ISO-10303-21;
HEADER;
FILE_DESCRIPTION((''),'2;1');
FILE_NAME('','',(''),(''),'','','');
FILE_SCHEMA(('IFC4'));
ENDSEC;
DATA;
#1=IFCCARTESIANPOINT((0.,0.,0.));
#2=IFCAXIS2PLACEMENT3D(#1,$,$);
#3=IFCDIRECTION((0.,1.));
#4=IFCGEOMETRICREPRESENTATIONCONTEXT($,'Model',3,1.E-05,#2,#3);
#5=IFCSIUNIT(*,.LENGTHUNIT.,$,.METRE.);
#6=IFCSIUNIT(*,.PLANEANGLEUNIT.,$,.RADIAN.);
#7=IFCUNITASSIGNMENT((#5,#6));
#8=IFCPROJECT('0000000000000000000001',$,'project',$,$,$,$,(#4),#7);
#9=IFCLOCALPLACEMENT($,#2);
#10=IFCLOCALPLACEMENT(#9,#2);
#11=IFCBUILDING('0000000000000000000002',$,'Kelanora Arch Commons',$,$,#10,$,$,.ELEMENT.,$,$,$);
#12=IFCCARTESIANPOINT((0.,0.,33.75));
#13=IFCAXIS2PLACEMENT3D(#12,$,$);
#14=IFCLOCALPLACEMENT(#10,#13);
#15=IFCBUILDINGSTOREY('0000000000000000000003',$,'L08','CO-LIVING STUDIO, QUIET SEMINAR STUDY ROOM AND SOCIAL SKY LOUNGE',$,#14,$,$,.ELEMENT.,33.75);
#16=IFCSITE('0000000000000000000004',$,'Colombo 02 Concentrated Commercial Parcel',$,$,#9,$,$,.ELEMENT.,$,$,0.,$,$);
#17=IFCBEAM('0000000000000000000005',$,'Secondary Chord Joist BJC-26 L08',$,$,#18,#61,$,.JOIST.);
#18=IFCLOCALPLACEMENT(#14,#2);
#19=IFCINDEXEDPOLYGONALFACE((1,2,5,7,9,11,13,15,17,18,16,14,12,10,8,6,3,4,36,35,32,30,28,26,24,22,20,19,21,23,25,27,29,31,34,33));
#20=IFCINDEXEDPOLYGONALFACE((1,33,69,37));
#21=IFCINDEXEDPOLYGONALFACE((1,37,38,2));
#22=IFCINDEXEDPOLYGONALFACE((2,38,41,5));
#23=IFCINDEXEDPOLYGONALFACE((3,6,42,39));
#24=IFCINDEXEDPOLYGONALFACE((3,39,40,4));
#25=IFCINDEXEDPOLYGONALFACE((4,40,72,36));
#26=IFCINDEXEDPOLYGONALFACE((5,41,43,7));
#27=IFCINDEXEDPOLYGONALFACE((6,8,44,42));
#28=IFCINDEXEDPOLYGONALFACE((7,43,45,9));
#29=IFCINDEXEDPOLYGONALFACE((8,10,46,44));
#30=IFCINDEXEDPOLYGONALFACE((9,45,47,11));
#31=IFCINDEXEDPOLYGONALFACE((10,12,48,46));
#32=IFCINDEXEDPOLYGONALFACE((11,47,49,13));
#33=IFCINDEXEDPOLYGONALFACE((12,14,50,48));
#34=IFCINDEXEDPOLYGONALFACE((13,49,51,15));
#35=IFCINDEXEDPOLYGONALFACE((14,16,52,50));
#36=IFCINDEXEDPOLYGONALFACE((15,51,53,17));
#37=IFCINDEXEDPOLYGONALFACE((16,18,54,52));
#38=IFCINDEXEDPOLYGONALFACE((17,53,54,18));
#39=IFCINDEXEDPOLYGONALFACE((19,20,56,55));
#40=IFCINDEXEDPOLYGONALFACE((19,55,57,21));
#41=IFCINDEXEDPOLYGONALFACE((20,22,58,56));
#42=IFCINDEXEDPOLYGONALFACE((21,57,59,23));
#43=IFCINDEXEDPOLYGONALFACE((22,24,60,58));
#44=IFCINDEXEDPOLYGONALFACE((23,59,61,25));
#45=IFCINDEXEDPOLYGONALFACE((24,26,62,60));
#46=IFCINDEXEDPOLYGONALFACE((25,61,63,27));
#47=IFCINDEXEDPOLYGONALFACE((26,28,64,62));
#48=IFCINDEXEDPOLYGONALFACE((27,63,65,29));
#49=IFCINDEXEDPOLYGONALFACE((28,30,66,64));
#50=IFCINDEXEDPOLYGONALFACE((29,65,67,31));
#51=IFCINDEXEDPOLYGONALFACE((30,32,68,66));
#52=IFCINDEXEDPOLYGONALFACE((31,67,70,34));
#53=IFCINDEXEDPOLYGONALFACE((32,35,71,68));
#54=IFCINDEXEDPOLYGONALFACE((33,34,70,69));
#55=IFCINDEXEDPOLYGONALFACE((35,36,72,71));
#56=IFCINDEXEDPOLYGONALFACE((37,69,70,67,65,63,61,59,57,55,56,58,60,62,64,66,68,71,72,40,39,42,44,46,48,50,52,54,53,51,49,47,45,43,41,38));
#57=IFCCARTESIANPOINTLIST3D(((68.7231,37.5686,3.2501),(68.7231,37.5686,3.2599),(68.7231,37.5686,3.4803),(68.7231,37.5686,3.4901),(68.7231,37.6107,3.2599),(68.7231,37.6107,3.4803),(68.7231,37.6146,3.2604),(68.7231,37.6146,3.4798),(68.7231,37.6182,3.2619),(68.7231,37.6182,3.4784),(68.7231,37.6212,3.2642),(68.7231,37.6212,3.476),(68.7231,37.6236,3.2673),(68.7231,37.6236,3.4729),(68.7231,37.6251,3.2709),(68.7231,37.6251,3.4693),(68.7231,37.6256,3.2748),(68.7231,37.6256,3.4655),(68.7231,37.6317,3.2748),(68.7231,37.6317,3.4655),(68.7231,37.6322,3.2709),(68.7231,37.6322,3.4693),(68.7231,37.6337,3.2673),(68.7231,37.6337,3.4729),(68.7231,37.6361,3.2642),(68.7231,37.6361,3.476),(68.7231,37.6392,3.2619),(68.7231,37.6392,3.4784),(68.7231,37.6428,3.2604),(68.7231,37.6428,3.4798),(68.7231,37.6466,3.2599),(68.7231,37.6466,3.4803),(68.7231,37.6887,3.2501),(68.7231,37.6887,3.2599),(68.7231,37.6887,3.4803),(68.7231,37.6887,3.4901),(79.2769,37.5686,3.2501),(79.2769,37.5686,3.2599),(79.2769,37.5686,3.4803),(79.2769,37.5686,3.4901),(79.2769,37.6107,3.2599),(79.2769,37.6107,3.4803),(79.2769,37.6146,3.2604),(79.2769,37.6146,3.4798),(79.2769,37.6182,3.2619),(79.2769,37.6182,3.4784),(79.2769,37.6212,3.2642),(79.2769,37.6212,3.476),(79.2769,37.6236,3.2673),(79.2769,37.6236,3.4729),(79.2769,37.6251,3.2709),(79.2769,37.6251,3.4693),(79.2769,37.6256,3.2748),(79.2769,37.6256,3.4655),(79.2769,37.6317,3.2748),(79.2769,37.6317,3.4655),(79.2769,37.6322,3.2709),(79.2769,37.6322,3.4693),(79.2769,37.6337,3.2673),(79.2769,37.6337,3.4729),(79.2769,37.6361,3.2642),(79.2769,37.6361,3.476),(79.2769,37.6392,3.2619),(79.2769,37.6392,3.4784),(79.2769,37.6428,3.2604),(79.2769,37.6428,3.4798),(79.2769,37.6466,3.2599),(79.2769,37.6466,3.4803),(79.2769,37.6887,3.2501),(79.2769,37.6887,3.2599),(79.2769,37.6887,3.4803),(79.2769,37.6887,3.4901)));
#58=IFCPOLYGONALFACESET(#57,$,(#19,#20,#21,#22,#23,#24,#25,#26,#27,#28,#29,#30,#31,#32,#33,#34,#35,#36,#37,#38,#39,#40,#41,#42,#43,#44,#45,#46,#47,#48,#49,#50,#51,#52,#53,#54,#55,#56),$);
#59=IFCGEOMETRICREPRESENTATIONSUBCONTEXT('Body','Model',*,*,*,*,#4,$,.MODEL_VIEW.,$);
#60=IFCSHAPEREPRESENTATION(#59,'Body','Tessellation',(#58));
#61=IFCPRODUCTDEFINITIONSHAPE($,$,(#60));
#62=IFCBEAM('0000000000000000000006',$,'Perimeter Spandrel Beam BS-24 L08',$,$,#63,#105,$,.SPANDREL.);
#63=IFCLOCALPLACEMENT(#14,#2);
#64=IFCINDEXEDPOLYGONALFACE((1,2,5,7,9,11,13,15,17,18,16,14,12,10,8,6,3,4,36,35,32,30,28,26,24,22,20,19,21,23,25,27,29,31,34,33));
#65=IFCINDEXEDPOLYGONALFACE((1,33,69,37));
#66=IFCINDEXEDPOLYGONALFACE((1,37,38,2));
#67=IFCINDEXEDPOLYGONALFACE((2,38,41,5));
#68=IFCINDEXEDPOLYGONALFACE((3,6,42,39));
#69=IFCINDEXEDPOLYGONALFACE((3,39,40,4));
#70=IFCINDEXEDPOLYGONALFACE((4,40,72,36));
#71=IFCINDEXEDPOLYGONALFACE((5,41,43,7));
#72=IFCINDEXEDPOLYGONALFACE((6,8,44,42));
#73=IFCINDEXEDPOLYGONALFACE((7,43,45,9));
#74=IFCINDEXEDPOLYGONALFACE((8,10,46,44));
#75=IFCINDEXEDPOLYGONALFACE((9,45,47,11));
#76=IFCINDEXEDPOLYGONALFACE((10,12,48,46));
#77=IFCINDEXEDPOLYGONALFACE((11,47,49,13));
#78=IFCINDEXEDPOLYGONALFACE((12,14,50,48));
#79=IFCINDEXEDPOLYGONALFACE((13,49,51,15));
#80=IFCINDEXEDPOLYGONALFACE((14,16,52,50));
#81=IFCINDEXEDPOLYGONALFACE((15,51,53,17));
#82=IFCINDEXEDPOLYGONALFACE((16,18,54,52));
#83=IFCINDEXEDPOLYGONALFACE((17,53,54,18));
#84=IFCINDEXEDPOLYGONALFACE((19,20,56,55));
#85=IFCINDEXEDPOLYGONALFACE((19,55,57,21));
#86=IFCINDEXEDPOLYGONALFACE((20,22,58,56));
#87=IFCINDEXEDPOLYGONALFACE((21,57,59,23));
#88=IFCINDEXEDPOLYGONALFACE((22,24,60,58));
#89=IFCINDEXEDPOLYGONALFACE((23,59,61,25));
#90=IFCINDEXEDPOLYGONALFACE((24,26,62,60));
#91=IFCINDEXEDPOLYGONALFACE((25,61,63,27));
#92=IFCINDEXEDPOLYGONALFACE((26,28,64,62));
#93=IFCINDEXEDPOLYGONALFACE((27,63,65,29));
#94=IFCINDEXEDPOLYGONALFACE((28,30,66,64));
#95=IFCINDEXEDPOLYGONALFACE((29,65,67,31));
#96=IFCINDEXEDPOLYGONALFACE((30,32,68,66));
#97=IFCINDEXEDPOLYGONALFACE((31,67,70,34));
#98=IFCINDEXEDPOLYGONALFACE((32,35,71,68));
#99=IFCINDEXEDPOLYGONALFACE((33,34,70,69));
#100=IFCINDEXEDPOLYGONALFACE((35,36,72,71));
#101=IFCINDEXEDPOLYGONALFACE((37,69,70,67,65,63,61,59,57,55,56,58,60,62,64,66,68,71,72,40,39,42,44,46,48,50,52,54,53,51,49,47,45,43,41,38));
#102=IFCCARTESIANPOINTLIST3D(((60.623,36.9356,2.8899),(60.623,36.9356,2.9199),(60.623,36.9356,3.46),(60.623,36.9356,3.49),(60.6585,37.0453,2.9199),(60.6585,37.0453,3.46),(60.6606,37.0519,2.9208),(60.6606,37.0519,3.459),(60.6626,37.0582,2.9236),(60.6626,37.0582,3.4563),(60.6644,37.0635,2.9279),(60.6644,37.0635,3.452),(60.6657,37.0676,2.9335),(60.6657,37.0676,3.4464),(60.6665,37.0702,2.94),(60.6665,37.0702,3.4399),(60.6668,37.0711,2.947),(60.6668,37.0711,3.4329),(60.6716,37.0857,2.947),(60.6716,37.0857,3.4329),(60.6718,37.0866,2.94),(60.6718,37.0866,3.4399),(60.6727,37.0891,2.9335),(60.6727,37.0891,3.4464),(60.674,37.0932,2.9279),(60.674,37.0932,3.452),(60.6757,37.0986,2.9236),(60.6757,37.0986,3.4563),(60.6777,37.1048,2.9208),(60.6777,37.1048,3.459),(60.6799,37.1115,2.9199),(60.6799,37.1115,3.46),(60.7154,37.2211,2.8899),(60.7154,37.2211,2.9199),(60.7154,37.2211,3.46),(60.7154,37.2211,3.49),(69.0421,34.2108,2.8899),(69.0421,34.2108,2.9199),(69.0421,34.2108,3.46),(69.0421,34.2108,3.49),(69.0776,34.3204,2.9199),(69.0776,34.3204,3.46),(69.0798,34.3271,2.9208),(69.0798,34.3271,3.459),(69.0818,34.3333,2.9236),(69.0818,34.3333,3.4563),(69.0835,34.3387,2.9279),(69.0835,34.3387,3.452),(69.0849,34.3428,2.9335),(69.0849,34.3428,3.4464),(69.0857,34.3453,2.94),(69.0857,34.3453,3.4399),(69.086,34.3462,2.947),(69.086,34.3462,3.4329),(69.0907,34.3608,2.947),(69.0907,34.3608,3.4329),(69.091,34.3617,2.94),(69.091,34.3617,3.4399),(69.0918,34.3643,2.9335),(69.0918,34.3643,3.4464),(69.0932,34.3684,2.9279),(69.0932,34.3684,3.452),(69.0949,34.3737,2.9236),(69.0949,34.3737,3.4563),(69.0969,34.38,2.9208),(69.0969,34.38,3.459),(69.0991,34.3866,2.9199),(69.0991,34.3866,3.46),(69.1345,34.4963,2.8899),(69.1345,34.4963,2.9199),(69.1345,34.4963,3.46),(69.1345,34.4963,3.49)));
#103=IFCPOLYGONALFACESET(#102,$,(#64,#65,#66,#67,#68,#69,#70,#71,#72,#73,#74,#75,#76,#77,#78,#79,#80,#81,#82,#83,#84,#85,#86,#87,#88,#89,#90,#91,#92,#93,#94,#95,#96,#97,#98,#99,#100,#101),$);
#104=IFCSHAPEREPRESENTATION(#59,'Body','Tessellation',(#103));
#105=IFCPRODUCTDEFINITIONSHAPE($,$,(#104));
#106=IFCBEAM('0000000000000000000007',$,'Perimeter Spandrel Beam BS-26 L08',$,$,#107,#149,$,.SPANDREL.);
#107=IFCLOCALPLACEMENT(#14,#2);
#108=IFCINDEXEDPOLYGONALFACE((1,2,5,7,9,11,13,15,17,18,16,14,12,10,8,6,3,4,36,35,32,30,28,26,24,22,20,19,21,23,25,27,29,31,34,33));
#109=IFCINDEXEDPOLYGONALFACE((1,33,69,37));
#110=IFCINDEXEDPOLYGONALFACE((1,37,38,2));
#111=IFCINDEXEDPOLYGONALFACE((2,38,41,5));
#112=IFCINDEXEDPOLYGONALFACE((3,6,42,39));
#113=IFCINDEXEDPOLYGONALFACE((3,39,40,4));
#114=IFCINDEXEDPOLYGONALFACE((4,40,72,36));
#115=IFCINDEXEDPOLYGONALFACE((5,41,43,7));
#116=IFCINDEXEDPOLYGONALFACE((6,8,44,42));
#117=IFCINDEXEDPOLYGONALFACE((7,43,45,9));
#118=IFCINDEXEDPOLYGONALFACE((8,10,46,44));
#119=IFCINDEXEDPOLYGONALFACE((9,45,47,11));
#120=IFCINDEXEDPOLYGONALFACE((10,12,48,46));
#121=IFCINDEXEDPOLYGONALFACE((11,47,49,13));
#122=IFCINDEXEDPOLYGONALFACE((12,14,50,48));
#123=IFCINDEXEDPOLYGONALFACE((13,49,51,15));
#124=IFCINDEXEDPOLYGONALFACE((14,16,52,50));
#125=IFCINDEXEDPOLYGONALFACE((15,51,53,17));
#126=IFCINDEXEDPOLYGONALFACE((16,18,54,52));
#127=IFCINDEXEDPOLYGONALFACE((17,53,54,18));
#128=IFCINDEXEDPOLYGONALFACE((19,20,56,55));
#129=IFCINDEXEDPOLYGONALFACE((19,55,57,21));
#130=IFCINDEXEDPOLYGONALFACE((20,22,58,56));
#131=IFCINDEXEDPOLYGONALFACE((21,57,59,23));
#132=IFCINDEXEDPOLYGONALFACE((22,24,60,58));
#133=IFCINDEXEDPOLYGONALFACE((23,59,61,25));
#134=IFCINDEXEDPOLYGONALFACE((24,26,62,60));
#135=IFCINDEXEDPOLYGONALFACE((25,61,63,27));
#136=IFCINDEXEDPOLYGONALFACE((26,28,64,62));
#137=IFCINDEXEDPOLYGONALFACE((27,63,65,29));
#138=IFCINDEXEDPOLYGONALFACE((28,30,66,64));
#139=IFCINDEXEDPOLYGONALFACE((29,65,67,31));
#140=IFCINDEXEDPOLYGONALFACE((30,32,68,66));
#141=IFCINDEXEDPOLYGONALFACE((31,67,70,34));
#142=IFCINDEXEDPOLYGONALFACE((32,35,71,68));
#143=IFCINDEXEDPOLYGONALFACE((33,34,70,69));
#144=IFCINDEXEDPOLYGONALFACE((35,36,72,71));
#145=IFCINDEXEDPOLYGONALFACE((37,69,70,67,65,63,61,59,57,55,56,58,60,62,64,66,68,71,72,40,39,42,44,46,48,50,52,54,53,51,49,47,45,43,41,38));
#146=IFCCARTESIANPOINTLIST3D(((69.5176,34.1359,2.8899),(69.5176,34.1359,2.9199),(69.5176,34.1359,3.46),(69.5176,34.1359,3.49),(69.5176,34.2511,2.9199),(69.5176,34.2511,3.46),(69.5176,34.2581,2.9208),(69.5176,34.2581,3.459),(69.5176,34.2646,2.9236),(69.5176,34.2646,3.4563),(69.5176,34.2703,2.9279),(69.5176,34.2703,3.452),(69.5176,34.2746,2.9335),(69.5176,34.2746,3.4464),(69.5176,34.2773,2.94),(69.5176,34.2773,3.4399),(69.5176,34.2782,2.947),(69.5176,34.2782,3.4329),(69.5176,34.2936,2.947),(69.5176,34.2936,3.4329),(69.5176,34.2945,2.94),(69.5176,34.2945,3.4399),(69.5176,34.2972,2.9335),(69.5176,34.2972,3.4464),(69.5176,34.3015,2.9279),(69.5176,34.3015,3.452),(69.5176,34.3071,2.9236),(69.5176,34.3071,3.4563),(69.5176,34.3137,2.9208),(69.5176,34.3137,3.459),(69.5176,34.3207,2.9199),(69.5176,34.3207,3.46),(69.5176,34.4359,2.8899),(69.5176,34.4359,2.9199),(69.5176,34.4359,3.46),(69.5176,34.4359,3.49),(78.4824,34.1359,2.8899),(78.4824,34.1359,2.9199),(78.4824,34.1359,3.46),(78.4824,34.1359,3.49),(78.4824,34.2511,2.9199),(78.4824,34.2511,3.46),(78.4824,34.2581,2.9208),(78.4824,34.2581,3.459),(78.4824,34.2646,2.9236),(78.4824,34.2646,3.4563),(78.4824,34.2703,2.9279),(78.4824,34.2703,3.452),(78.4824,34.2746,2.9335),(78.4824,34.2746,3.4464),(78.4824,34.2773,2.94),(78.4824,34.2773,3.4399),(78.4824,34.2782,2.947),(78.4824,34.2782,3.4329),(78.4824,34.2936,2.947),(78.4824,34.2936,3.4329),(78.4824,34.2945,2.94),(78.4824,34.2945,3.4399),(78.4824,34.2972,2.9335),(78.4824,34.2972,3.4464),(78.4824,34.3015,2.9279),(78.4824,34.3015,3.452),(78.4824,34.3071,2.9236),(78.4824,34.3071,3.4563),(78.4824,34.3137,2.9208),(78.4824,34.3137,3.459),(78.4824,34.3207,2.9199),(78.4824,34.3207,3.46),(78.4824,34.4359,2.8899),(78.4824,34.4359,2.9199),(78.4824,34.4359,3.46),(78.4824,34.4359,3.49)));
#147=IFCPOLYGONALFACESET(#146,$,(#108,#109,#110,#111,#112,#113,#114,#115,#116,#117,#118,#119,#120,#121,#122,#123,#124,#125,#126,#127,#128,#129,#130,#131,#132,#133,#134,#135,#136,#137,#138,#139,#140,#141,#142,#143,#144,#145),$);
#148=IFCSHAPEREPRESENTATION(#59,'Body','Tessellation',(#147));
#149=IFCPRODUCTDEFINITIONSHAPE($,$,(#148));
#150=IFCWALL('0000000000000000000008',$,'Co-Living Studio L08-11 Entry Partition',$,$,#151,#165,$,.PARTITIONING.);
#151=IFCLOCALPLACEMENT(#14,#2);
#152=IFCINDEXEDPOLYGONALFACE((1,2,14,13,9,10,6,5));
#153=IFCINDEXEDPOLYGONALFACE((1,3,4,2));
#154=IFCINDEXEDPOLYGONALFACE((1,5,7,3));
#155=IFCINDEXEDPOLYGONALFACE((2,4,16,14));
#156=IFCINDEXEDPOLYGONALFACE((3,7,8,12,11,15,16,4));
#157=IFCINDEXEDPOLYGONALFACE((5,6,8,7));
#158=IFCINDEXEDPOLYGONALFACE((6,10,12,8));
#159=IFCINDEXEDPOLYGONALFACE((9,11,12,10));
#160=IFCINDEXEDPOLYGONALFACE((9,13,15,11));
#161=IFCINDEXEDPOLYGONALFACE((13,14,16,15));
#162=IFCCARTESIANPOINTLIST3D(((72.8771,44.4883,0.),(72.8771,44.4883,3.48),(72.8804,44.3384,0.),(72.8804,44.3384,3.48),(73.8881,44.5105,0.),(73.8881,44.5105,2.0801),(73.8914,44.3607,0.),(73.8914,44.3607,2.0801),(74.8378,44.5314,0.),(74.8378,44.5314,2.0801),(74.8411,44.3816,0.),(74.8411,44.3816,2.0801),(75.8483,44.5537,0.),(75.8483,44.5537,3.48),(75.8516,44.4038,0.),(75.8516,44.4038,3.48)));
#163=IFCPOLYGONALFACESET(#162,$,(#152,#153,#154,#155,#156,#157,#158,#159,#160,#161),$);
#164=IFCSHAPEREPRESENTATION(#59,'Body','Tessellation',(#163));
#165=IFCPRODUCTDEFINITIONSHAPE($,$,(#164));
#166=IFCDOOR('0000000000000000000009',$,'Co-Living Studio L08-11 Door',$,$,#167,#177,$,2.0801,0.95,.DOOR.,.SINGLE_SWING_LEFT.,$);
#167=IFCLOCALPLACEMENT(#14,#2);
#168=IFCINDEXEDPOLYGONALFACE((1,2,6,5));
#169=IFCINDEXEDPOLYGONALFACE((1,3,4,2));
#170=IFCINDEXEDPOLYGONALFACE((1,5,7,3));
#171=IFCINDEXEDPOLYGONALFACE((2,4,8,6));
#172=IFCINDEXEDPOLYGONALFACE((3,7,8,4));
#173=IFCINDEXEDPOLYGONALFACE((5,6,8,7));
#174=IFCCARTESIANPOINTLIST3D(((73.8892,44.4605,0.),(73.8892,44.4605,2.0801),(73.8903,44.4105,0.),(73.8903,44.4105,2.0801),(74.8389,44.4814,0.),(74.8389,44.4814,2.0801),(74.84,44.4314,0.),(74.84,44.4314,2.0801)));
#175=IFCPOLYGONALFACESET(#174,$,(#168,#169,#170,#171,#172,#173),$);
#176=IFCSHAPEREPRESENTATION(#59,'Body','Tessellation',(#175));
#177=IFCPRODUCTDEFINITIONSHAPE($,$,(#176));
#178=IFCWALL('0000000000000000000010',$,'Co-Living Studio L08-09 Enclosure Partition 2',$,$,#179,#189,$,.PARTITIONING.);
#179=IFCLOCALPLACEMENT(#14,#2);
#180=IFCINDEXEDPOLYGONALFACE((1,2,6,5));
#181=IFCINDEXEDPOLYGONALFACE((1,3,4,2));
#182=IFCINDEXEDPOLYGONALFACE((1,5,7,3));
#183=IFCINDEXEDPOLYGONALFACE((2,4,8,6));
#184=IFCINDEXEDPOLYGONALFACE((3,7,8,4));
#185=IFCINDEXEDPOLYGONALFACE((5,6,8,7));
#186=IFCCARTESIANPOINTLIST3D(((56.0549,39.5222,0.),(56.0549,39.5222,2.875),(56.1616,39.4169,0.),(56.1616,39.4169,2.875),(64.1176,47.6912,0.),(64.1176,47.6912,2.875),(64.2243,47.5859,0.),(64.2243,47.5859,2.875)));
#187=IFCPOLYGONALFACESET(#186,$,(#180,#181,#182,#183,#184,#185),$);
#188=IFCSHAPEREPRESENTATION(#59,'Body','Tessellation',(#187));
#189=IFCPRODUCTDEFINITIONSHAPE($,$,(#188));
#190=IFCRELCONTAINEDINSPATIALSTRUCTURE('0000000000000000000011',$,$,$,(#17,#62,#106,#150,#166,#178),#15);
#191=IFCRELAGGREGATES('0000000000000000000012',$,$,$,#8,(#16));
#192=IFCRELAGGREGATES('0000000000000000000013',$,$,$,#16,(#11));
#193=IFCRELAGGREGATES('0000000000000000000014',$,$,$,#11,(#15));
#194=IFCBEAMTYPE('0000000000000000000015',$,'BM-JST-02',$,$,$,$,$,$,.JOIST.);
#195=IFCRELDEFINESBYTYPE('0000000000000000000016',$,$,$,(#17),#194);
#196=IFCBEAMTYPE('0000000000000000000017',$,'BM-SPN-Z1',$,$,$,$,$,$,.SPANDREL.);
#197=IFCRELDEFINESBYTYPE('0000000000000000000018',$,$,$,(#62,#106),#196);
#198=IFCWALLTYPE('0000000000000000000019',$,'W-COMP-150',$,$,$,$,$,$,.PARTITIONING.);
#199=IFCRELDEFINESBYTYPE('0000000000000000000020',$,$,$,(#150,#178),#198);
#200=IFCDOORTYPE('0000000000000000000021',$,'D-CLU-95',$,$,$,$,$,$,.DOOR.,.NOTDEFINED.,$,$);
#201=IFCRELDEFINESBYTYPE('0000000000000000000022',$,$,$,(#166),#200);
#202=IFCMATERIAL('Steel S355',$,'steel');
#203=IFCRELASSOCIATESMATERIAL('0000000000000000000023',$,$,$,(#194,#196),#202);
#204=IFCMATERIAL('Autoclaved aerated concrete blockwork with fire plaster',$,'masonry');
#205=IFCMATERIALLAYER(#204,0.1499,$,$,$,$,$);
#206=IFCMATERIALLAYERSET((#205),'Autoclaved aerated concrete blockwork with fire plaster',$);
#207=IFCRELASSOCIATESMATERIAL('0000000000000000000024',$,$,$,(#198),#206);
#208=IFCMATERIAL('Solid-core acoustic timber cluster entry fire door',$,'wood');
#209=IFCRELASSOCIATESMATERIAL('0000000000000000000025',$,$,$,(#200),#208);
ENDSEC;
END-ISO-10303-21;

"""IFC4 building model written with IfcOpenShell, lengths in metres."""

from ifc_helpers import new_model, si_unit, direction, frame, frame_2d, origin, origin_2d, place, context, subcontext, project, spatial, rectangle, i_section, extrude, material, layer, layer_set, material_profile, profile_set, type_object, element, fill, save


model = new_model("IFC4")

# Units and contexts
model_context = context("Model", 3, precision=1e-05, world=origin(), true_north=direction((0.0, 1.0)))
body_context = subcontext(model_context, "Body", "Model", "MODEL_VIEW")
ifc_project = project(units=[si_unit("LENGTHUNIT", "METRE"), si_unit("PLANEANGLEUNIT", "RADIAN")], contexts=[model_context])

# Site, building, storey
site_placement = place(None, origin())
site = spatial("IfcSite", under=ifc_project, at=site_placement, Name="Colombo 02 Concentrated Commercial Parcel", CompositionType="ELEMENT", RefElevation=0.0)
building_placement = place(site_placement, origin())
building = spatial("IfcBuilding", under=site, at=building_placement, Name="Kelanora Arch Commons", CompositionType="ELEMENT")
storey_placement = place(building_placement, frame((0.0, 0.0, 33.75)))
storey = spatial("IfcBuildingStorey", under=building, at=storey_placement, Name="L08", Description="CO-LIVING STUDIO, QUIET SEMINAR STUDY ROOM AND SOCIAL SKY LOUNGE", CompositionType="ELEMENT", Elevation=33.75)

# Beams
ifc_material_1 = material(Name="Steel S355", Category="steel")
ifc_material_profile_1 = material_profile(ifc_material_1, i_section(OverallWidth=0.1201, OverallDepth=0.24, WebThickness=0.0061, FlangeThickness=0.0098, FilletRadius=0.0149, at=origin_2d()), Name="IPE240")
ifc_profile_set_1 = profile_set([ifc_material_profile_1], Name="Steel S355")
beam_type_1 = type_object("IfcBeamType", Name="BM-JST-02", PredefinedType="JOIST", material=ifc_profile_set_1)
beam_1_placement = place(storey_placement, frame((68.7231, 37.6287, 3.3701), z_axis=(1.0, 0.0, 0.0), x_axis=(0.0, 1.0, 0.0)))
element("IfcBeam", 1, at=beam_1_placement, inside=storey, type_object=beam_type_1, Name="Secondary Chord Joist BJC-26 L08", PredefinedType="JOIST", context=body_context, shape_type="SweptSolid", body=[
    extrude(i_section(OverallWidth=0.1201, OverallDepth=0.24, WebThickness=0.0061, FlangeThickness=0.0098, FilletRadius=0.0149, at=origin_2d()), origin(), (0.0, 0.0, 1.0), 10.5537),
])
ifc_material_profile_2 = material_profile(ifc_material_1, i_section(OverallWidth=0.3, OverallDepth=0.6001, WebThickness=0.0154, FlangeThickness=0.03, FilletRadius=0.0271, at=origin_2d()), Name="HEB600")
ifc_profile_set_2 = profile_set([ifc_material_profile_2], Name="Steel S355")
beam_type_2 = type_object("IfcBeamType", Name="BM-SPN-Z1", PredefinedType="SPANDREL", material=ifc_profile_set_2)
beam_2_placement = place(storey_placement, frame((60.6692, 37.0784, 3.1899), z_axis=(0.951411, -0.307922, 0.0), x_axis=(0.307922, 0.951411, 0.0)))
element("IfcBeam", 2, at=beam_2_placement, inside=storey, type_object=beam_type_2, Name="Perimeter Spandrel Beam BS-24 L08", PredefinedType="SPANDREL", context=body_context, shape_type="SweptSolid", body=[
    extrude(i_section(OverallWidth=0.3, OverallDepth=0.6001, WebThickness=0.0154, FlangeThickness=0.03, FilletRadius=0.0271, at=origin_2d()), origin(), (0.0, 0.0, 1.0), 8.8491),
])
beam_3_placement = place(storey_placement, frame((69.5176, 34.2859, 3.1899), z_axis=(1.0, 0.0, 0.0), x_axis=(0.0, 1.0, 0.0)))
element("IfcBeam", 3, at=beam_3_placement, inside=storey, type_object=beam_type_2, Name="Perimeter Spandrel Beam BS-26 L08", PredefinedType="SPANDREL", context=body_context, shape_type="SweptSolid", body=[
    extrude(i_section(OverallWidth=0.3, OverallDepth=0.6001, WebThickness=0.0154, FlangeThickness=0.03, FilletRadius=0.0271, at=origin_2d()), origin(), (0.0, 0.0, 1.0), 8.9648),
])

# Wall, opening, door
ifc_material_2 = material(Name="Autoclaved aerated concrete blockwork with fire plaster", Category="masonry")
ifc_layer_1 = layer(ifc_material_2, 0.1499)
ifc_layer_set_1 = layer_set([ifc_layer_1], Name="Autoclaved aerated concrete blockwork with fire plaster")
wall_type_1 = type_object("IfcWallType", Name="W-COMP-150", PredefinedType="PARTITIONING", material=ifc_layer_set_1)
wall_1_placement = place(storey_placement, frame((72.8789, 44.4133, 0.0), z_axis=(0.0, 0.0, 1.0), x_axis=(0.999758, 0.022016, 0.0)))
wall_1 = element("IfcWall", 4, at=wall_1_placement, inside=storey, type_object=wall_type_1, Name="Co-Living Studio L08-11 Entry Partition", PredefinedType="PARTITIONING", context=body_context, shape_type="SweptSolid", body=[
    extrude(rectangle(XDim=2.9719, YDim=0.1499, at=frame_2d((1.4858, 0.0))), origin(), (0.0, 0.0, 1.0), 3.48),
])
opening_1_placement = place(wall_1_placement, frame((1.011, 0.0, 0.0)))
opening_1 = element("IfcOpeningElement", 5, at=opening_1_placement, cuts=wall_1, PredefinedType="OPENING", context=body_context, shape_type="SweptSolid", body=[
    extrude(rectangle(XDim=0.95, YDim=2.0801, at=frame_2d((0.4751, 1.04))), frame((0.0, 0.085, 0.0), z_axis=(0.0, -1.0, 0.0), x_axis=(1.0, 0.0, 0.0)), (0.0, 0.0, 1.0), 0.1699),
])
ifc_material_3 = material(Name="Solid-core acoustic timber cluster entry fire door", Category="wood")
door_type_1 = type_object("IfcDoorType", Name="D-CLU-95", OperationType="NOTDEFINED", PredefinedType="DOOR", material=ifc_material_3)
door_1_placement = place(opening_1_placement, origin())
door_1 = element("IfcDoor", 6, at=door_1_placement, inside=storey, type_object=door_type_1, Name="Co-Living Studio L08-11 Door", OperationType="SINGLE_SWING_LEFT", OverallHeight=2.0801, OverallWidth=0.95, PredefinedType="DOOR", context=body_context, shape_type="SweptSolid", body=[
    extrude(rectangle(XDim=0.95, YDim=2.0801, at=frame_2d((0.4751, 1.04))), frame((0.0, 0.0249, 0.0), z_axis=(0.0, -1.0, 0.0), x_axis=(1.0, 0.0, 0.0)), (0.0, 0.0, 1.0), 0.05),
])
fill(opening_1, door_1)

# Wall
wall_2_placement = place(storey_placement, frame((64.1709, 47.6384, 0.0), z_axis=(0.0, 0.0, 1.0), x_axis=(-0.702465, -0.711718, 0.0)))
element("IfcWall", 7, at=wall_2_placement, inside=storey, type_object=wall_type_1, Name="Co-Living Studio L08-09 Enclosure Partition 2", PredefinedType="PARTITIONING", context=body_context, shape_type="SweptSolid", body=[
    extrude(rectangle(XDim=11.4778, YDim=0.1499, at=frame_2d((5.7388, 0.0))), origin(), (0.0, 0.0, 1.0), 2.875),
])

save(model, "model.ifc")
